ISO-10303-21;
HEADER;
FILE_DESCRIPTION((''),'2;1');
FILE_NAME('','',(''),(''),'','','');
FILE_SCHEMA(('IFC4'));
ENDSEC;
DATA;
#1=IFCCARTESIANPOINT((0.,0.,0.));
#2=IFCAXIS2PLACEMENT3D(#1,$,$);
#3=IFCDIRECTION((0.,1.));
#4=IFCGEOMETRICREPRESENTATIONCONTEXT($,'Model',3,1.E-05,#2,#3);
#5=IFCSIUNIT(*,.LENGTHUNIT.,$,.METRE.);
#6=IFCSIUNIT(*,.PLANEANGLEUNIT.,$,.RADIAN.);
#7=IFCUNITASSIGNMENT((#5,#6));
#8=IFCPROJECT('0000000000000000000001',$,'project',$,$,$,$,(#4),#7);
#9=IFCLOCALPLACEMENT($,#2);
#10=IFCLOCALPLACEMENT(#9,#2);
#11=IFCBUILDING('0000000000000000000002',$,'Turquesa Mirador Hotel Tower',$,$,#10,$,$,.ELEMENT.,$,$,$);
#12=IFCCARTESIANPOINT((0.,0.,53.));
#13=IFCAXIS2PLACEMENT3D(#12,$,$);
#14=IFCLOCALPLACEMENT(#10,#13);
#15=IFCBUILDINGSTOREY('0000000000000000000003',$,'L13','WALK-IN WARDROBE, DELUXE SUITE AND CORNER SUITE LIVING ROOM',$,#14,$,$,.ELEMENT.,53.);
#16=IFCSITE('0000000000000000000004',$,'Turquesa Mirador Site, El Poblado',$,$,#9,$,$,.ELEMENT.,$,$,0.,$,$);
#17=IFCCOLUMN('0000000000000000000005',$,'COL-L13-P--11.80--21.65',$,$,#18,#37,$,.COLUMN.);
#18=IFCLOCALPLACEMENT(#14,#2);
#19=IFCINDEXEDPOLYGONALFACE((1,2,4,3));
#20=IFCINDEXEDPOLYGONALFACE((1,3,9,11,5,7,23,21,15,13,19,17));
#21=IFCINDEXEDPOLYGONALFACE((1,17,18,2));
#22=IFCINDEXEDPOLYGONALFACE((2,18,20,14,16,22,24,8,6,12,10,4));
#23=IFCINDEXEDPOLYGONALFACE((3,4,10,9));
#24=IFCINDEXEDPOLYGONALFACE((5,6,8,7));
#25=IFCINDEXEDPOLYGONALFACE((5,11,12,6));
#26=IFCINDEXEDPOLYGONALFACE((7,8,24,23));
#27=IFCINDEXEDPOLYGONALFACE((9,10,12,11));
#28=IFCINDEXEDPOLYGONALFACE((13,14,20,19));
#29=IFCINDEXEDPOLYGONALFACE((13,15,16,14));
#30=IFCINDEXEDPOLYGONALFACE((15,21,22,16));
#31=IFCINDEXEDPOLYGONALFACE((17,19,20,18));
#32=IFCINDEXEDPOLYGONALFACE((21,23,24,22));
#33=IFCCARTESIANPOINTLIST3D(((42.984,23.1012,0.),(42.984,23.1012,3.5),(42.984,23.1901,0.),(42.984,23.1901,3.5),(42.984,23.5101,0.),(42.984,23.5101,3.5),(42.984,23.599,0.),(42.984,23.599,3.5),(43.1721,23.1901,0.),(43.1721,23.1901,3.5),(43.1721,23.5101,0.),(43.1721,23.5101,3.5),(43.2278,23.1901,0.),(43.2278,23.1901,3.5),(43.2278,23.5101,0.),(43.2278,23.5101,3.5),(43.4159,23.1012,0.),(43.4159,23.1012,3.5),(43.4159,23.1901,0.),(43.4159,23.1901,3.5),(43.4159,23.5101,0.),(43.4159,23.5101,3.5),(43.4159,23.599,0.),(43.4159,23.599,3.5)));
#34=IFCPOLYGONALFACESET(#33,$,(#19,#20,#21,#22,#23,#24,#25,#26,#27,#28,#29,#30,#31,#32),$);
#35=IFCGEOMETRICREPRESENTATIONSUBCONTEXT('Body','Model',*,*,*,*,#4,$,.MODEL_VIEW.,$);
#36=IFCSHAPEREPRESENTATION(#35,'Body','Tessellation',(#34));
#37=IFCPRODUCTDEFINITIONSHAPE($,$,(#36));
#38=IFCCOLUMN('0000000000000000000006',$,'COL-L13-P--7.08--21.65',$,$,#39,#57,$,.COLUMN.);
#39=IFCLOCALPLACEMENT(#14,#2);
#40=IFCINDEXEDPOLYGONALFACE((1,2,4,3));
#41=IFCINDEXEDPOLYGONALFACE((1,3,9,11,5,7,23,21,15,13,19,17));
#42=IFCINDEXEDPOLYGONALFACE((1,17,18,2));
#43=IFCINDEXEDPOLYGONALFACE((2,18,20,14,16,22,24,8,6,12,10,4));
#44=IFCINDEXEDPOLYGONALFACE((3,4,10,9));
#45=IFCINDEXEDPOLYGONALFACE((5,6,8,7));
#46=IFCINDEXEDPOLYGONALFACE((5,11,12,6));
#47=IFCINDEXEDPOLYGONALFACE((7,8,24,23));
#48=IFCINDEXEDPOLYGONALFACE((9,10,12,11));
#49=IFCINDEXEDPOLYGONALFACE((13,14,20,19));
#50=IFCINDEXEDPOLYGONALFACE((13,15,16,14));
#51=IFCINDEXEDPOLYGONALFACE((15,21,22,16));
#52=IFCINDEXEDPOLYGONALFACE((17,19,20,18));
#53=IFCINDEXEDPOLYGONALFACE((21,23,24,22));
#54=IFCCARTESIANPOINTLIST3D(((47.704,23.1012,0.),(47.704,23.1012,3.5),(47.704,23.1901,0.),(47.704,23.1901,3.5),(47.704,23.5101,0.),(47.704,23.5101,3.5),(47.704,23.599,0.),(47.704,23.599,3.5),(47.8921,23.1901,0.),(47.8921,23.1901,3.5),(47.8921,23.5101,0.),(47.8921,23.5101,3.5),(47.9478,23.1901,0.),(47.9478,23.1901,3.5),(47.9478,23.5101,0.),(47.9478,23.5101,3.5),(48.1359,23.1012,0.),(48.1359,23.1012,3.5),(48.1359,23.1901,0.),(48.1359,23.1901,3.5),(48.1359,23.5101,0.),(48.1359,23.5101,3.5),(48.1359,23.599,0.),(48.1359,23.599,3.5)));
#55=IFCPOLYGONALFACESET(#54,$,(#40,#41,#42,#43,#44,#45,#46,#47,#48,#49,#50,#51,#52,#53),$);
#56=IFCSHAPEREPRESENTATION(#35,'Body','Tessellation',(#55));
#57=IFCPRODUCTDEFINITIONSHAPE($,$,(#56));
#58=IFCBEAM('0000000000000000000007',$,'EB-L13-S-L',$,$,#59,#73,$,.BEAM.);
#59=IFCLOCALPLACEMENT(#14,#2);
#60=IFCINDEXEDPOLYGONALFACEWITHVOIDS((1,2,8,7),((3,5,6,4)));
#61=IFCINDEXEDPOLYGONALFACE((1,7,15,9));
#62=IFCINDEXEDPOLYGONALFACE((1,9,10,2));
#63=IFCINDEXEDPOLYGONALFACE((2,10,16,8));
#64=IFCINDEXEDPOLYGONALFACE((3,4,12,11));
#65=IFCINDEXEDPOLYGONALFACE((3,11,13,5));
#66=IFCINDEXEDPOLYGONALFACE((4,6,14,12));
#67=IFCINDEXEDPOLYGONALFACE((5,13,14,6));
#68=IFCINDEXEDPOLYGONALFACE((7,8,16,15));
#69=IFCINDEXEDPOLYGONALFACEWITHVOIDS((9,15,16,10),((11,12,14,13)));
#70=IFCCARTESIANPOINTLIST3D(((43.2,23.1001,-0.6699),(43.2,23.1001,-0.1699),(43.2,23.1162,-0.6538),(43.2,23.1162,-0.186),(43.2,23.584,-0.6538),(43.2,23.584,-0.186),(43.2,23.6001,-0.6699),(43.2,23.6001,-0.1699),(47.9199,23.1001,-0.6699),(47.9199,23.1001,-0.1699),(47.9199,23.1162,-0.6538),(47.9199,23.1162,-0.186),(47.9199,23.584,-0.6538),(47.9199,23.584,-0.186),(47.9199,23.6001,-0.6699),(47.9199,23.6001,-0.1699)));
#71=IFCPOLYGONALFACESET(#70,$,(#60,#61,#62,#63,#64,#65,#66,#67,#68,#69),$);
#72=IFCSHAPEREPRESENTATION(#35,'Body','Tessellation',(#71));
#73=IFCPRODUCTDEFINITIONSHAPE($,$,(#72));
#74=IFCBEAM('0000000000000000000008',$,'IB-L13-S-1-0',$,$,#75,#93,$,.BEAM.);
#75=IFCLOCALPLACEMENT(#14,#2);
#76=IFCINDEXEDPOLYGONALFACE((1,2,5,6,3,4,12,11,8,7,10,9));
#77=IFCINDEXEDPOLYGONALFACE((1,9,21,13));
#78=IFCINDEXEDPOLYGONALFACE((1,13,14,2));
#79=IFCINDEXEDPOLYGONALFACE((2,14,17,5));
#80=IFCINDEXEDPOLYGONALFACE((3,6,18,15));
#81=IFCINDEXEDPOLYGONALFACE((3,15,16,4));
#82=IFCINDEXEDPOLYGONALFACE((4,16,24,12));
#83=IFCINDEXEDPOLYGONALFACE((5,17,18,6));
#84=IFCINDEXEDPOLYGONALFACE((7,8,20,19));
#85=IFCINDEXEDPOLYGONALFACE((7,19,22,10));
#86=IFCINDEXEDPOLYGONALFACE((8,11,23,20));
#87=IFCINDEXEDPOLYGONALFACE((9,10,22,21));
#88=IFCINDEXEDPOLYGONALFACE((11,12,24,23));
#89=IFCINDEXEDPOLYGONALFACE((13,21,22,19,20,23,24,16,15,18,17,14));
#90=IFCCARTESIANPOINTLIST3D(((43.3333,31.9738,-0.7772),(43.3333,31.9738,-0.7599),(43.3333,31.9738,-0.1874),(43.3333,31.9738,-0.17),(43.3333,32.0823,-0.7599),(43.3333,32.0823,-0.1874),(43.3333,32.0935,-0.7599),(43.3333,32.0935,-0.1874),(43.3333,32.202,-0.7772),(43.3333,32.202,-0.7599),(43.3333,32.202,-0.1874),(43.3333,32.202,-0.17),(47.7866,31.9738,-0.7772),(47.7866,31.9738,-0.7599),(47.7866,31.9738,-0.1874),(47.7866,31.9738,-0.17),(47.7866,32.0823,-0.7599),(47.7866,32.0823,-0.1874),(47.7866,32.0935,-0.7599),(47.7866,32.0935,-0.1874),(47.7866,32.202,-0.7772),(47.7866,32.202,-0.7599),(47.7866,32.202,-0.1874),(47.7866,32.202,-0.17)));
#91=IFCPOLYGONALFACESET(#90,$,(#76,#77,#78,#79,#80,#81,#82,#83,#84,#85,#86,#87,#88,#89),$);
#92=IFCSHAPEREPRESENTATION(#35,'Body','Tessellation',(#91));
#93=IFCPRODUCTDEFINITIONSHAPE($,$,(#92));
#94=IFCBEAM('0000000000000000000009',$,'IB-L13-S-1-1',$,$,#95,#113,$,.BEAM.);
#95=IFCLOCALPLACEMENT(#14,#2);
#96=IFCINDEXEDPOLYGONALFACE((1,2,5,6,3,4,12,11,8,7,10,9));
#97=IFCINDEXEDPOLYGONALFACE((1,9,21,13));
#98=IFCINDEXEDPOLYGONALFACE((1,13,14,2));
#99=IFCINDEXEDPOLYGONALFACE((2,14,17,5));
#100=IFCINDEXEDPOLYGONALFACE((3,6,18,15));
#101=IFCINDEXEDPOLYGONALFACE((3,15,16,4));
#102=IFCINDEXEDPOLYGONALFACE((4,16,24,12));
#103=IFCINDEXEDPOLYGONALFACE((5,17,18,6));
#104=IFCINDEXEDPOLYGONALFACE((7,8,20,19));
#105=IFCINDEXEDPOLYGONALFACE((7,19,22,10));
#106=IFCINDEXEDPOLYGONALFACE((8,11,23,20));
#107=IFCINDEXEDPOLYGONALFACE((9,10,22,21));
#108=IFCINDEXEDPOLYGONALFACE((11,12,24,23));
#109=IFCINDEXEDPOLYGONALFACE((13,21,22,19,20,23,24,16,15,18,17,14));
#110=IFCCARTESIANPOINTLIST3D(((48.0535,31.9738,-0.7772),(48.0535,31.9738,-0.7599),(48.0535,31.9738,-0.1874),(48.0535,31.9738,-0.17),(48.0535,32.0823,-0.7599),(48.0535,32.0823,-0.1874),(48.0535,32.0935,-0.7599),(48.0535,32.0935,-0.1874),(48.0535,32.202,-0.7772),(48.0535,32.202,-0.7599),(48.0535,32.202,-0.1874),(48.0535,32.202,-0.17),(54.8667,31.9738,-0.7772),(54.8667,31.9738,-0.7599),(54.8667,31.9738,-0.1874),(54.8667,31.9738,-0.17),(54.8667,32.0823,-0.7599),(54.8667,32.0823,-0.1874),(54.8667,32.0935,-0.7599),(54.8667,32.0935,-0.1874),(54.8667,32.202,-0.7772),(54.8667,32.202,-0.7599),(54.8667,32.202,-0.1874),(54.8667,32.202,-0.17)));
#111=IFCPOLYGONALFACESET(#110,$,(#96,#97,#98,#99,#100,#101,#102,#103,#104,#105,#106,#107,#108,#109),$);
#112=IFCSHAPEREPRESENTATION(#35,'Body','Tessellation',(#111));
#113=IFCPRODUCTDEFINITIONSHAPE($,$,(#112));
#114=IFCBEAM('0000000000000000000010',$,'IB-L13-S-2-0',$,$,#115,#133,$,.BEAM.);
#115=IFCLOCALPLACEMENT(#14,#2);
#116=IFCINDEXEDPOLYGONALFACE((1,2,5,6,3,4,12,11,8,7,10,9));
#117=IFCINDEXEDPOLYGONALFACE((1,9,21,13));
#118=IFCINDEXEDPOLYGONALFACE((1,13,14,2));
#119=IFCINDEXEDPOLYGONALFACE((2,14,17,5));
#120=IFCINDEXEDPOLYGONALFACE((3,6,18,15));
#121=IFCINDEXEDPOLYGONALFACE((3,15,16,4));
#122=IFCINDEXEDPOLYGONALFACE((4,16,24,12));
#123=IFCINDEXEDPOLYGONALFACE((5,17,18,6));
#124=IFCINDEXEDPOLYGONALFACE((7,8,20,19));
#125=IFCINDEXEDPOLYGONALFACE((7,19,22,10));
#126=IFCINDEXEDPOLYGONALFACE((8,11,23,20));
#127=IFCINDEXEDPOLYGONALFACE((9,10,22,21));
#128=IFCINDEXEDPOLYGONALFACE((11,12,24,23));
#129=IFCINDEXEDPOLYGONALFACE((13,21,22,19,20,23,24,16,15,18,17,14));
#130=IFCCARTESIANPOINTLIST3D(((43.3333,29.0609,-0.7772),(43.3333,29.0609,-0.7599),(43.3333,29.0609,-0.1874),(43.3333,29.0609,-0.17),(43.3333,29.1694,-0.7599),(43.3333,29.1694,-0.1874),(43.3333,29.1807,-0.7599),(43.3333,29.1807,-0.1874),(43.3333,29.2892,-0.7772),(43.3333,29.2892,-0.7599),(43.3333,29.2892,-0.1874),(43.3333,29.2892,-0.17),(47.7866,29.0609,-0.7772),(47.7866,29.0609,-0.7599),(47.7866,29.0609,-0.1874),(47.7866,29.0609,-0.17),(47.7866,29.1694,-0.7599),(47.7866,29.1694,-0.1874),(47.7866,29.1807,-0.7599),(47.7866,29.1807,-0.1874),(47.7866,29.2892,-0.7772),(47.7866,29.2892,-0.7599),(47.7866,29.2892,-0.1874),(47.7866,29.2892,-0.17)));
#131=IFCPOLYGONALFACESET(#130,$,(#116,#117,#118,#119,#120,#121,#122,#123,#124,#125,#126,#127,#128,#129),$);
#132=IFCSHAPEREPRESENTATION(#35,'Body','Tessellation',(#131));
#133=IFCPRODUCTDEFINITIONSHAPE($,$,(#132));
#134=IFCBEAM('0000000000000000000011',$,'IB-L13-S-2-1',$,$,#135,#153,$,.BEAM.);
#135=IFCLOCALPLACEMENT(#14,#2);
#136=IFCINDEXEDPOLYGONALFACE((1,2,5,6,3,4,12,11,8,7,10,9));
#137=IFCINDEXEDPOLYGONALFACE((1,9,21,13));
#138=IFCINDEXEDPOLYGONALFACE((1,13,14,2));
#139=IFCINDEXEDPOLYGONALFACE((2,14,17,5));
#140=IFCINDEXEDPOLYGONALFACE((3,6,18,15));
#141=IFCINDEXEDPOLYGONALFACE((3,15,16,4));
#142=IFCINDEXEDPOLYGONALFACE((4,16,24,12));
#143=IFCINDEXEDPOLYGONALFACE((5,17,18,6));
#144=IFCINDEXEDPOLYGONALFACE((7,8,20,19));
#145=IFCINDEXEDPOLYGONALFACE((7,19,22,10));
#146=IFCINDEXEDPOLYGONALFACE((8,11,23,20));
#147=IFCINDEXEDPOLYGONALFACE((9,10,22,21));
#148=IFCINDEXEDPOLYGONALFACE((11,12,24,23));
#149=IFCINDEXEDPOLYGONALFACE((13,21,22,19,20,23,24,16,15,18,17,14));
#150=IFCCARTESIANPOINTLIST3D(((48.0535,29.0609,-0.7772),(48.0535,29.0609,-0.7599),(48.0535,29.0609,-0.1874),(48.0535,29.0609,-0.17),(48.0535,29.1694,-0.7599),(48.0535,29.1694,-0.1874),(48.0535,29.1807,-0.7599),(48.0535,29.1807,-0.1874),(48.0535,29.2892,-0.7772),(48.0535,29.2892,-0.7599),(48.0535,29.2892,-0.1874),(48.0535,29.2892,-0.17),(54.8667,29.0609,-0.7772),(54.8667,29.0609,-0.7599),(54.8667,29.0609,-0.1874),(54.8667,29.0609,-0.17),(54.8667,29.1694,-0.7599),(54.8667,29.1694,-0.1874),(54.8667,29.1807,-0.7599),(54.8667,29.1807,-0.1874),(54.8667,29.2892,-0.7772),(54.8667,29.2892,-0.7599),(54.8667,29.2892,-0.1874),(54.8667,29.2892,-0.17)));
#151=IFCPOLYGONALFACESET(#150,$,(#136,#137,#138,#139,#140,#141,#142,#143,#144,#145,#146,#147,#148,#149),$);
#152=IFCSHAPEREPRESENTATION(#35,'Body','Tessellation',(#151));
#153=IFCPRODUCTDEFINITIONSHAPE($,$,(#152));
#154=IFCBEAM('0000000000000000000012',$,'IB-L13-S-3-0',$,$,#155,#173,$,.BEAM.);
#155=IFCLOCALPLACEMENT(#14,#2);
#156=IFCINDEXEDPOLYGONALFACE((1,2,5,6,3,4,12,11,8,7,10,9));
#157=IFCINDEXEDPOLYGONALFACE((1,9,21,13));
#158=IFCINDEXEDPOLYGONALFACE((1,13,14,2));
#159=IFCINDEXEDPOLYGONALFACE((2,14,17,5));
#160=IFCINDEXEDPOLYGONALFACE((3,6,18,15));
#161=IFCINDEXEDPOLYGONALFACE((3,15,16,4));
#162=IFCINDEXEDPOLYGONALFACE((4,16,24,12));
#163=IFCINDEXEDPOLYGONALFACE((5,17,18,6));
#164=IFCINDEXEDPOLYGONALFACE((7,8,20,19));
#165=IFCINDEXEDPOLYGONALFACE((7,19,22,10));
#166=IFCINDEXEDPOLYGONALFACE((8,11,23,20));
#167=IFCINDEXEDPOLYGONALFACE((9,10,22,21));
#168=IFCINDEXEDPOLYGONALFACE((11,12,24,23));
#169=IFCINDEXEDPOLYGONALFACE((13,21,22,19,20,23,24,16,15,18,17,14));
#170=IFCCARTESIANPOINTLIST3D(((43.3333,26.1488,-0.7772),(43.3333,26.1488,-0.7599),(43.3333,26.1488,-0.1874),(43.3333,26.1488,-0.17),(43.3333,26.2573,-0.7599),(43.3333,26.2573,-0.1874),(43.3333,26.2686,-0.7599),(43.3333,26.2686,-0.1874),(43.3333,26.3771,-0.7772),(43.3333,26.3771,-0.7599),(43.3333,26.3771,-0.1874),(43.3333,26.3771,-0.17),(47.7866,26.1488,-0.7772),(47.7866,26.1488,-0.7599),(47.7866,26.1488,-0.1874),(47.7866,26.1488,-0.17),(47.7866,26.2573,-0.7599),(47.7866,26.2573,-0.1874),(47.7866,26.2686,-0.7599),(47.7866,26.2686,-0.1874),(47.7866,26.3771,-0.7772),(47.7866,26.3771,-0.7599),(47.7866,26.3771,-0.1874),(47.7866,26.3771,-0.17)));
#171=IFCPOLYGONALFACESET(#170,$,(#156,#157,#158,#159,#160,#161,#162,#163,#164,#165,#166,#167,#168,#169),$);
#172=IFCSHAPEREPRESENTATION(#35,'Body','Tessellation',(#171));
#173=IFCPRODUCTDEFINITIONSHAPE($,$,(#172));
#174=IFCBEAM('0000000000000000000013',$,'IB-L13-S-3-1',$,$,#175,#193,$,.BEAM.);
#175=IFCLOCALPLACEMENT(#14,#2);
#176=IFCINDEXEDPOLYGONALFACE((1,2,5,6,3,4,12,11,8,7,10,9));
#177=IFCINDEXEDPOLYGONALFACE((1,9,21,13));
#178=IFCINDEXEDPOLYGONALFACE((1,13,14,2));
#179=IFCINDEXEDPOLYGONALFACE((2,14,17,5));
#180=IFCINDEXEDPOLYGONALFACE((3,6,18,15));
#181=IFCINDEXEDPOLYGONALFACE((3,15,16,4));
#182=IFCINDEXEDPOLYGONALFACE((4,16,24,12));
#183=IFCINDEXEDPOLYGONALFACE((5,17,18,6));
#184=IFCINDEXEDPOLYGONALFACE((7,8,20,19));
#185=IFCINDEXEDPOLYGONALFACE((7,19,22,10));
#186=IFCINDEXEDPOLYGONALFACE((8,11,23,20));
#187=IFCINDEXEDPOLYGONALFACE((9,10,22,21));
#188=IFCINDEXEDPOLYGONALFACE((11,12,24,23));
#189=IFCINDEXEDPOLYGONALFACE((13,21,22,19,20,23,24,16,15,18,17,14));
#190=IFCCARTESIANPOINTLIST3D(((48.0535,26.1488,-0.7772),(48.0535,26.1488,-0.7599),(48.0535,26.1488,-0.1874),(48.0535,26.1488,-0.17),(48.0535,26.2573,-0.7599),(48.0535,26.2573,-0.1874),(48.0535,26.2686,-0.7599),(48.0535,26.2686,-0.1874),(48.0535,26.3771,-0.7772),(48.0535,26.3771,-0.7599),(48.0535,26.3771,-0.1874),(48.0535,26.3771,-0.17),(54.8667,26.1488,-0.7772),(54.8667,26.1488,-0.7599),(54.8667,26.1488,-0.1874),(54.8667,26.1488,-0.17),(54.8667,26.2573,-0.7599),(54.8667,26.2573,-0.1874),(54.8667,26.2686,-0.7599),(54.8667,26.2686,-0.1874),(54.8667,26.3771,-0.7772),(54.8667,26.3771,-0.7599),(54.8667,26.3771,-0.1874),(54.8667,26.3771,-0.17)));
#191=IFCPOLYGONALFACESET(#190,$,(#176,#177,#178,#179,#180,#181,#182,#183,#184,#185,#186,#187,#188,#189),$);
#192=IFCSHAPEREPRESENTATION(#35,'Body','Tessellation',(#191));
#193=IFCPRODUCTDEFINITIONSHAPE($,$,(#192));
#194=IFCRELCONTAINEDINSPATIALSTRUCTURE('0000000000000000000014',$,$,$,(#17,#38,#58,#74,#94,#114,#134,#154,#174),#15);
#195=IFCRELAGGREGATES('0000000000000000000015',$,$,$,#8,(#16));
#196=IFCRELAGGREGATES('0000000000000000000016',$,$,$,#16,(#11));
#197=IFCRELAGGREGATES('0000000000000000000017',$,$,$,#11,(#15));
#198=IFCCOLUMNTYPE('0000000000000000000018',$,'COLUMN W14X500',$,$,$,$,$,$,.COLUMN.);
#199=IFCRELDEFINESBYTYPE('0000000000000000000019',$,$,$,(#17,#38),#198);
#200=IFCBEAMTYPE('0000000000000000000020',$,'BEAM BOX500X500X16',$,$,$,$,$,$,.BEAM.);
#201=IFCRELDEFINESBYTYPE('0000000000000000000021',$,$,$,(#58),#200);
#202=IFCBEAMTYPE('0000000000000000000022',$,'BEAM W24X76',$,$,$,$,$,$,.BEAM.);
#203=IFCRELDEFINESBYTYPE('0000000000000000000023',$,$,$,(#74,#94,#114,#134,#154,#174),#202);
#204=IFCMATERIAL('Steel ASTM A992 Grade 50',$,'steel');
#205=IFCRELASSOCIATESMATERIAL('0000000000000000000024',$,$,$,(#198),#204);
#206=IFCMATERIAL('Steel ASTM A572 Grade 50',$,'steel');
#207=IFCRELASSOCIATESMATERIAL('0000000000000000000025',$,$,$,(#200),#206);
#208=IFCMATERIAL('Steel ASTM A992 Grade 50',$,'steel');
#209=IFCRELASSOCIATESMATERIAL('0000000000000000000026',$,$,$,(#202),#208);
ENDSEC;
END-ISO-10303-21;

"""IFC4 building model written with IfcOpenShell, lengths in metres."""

from ifc_helpers import new_model, si_unit, direction, frame, origin, origin_2d, place, context, subcontext, project, spatial, hollow_rectangle, i_section, extrude, material, material_profile, profile_set, type_object, element, save


model = new_model("IFC4")

# Units and contexts
model_context = context("Model", 3, precision=1e-05, world=origin(), true_north=direction((0.0, 1.0)))
body_context = subcontext(model_context, "Body", "Model", "MODEL_VIEW")
ifc_project = project(units=[si_unit("LENGTHUNIT", "METRE"), si_unit("PLANEANGLEUNIT", "RADIAN")], contexts=[model_context])

# Site, building, storey
site_placement = place(None, origin())
site = spatial("IfcSite", under=ifc_project, at=site_placement, Name="Turquesa Mirador Site, El Poblado", CompositionType="ELEMENT", RefElevation=0.0)
building_placement = place(site_placement, origin())
building = spatial("IfcBuilding", under=site, at=building_placement, Name="Turquesa Mirador Hotel Tower", CompositionType="ELEMENT")
storey_placement = place(building_placement, frame((0.0, 0.0, 53.0)))
storey = spatial("IfcBuildingStorey", under=building, at=storey_placement, Name="L13", Description="WALK-IN WARDROBE, DELUXE SUITE AND CORNER SUITE LIVING ROOM", CompositionType="ELEMENT", Elevation=53.0)

# Columns
ifc_material_1 = material(Name="Steel ASTM A992 Grade 50", Category="steel")
ifc_material_profile_1 = material_profile(ifc_material_1, i_section(OverallWidth=0.4319, OverallDepth=0.4978, WebThickness=0.0557, FlangeThickness=0.0889, at=origin_2d()), Name="W14X500")
ifc_profile_set_1 = profile_set([ifc_material_profile_1], Name="Steel ASTM A992 Grade 50")
column_type = type_object("IfcColumnType", Name="COLUMN W14X500", PredefinedType="COLUMN", material=ifc_profile_set_1)
for number, where, z_axis, x_axis, name in (
    (1, (43.2, 23.3501, 0.0), (0.0, 0.0, 1.0), (1.0, 0.0, 0.0), "COL-L13-P--11.80--21.65"),
    (2, (47.9199, 23.3501, 0.0), (0.0, 0.0, 1.0), (1.0, 0.0, 0.0), "COL-L13-P--7.08--21.65"),
):
    element("IfcColumn", number, at=place(storey_placement, frame(where, z_axis=z_axis, x_axis=x_axis)), inside=storey, type_object=column_type, Name=name, PredefinedType="COLUMN", context=body_context, shape_type="SweptSolid", body=[
        extrude(i_section(OverallWidth=0.4319, OverallDepth=0.4978, WebThickness=0.0557, FlangeThickness=0.0889, at=origin_2d()), origin(), (0.0, 0.0, 1.0), 3.5),
    ])

# Beams
ifc_material_2 = material(Name="Steel ASTM A572 Grade 50", Category="steel")
ifc_material_profile_2 = material_profile(ifc_material_2, hollow_rectangle(XDim=0.5, YDim=0.5, WallThickness=0.0161, at=origin_2d()), Name="BOX500X500X16")
ifc_profile_set_2 = profile_set([ifc_material_profile_2], Name="Steel ASTM A572 Grade 50")
beam_type_1 = type_object("IfcBeamType", Name="BEAM BOX500X500X16", PredefinedType="BEAM", material=ifc_profile_set_2)
beam_1_placement = place(storey_placement, frame((43.2, 23.3501, -0.4199), z_axis=(1.0, 0.0, 0.0), x_axis=(0.0, 1.0, 0.0)))
element("IfcBeam", 3, at=beam_1_placement, inside=storey, type_object=beam_type_1, Name="EB-L13-S-L", PredefinedType="BEAM", context=body_context, shape_type="SweptSolid", body=[
    extrude(hollow_rectangle(XDim=0.5, YDim=0.5, WallThickness=0.0161, at=origin_2d()), origin(), (0.0, 0.0, 1.0), 4.72),
])
ifc_material_3 = material(Name="Steel ASTM A992 Grade 50", Category="steel")
ifc_material_profile_3 = material_profile(ifc_material_3, i_section(OverallWidth=0.2283, OverallDepth=0.6072, WebThickness=0.0112, FlangeThickness=0.0173, at=origin_2d()), Name="W24X76")
ifc_profile_set_3 = profile_set([ifc_material_profile_3], Name="Steel ASTM A992 Grade 50")
beam_type_2 = type_object("IfcBeamType", Name="BEAM W24X76", PredefinedType="BEAM", material=ifc_profile_set_3)
beam_2_placement = place(storey_placement, frame((43.3333, 32.0879, -0.4736), z_axis=(1.0, 0.0, 0.0), x_axis=(0.0, 1.0, 0.0)))
element("IfcBeam", 4, at=beam_2_placement, inside=storey, type_object=beam_type_2, Name="IB-L13-S-1-0", PredefinedType="BEAM", context=body_context, shape_type="SweptSolid", body=[
    extrude(i_section(OverallWidth=0.2283, OverallDepth=0.6072, WebThickness=0.0112, FlangeThickness=0.0173, at=origin_2d()), origin(), (0.0, 0.0, 1.0), 4.4534),
])
beam_3_placement = place(storey_placement, frame((48.0535, 32.0879, -0.4736), z_axis=(1.0, 0.0, 0.0), x_axis=(0.0, 1.0, 0.0)))
element("IfcBeam", 5, at=beam_3_placement, inside=storey, type_object=beam_type_2, Name="IB-L13-S-1-1", PredefinedType="BEAM", context=body_context, shape_type="SweptSolid", body=[
    extrude(i_section(OverallWidth=0.2283, OverallDepth=0.6072, WebThickness=0.0112, FlangeThickness=0.0173, at=origin_2d()), origin(), (0.0, 0.0, 1.0), 6.8132),
])
beam_4_placement = place(storey_placement, frame((43.3333, 29.175, -0.4736), z_axis=(1.0, 0.0, 0.0), x_axis=(0.0, 1.0, 0.0)))
element("IfcBeam", 6, at=beam_4_placement, inside=storey, type_object=beam_type_2, Name="IB-L13-S-2-0", PredefinedType="BEAM", context=body_context, shape_type="SweptSolid", body=[
    extrude(i_section(OverallWidth=0.2283, OverallDepth=0.6072, WebThickness=0.0112, FlangeThickness=0.0173, at=origin_2d()), origin(), (0.0, 0.0, 1.0), 4.4534),
])
beam_5_placement = place(storey_placement, frame((48.0535, 29.175, -0.4736), z_axis=(1.0, 0.0, 0.0), x_axis=(0.0, 1.0, 0.0)))
element("IfcBeam", 7, at=beam_5_placement, inside=storey, type_object=beam_type_2, Name="IB-L13-S-2-1", PredefinedType="BEAM", context=body_context, shape_type="SweptSolid", body=[
    extrude(i_section(OverallWidth=0.2283, OverallDepth=0.6072, WebThickness=0.0112, FlangeThickness=0.0173, at=origin_2d()), origin(), (0.0, 0.0, 1.0), 6.8132),
])
beam_6_placement = place(storey_placement, frame((43.3333, 26.2629, -0.4736), z_axis=(1.0, 0.0, 0.0), x_axis=(0.0, 1.0, 0.0)))
element("IfcBeam", 8, at=beam_6_placement, inside=storey, type_object=beam_type_2, Name="IB-L13-S-3-0", PredefinedType="BEAM", context=body_context, shape_type="SweptSolid", body=[
    extrude(i_section(OverallWidth=0.2283, OverallDepth=0.6072, WebThickness=0.0112, FlangeThickness=0.0173, at=origin_2d()), origin(), (0.0, 0.0, 1.0), 4.4534),
])
beam_7_placement = place(storey_placement, frame((48.0535, 26.2629, -0.4736), z_axis=(1.0, 0.0, 0.0), x_axis=(0.0, 1.0, 0.0)))
element("IfcBeam", 9, at=beam_7_placement, inside=storey, type_object=beam_type_2, Name="IB-L13-S-3-1", PredefinedType="BEAM", context=body_context, shape_type="SweptSolid", body=[
    extrude(i_section(OverallWidth=0.2283, OverallDepth=0.6072, WebThickness=0.0112, FlangeThickness=0.0173, at=origin_2d()), origin(), (0.0, 0.0, 1.0), 6.8132),
])

save(model, "model.ifc")
